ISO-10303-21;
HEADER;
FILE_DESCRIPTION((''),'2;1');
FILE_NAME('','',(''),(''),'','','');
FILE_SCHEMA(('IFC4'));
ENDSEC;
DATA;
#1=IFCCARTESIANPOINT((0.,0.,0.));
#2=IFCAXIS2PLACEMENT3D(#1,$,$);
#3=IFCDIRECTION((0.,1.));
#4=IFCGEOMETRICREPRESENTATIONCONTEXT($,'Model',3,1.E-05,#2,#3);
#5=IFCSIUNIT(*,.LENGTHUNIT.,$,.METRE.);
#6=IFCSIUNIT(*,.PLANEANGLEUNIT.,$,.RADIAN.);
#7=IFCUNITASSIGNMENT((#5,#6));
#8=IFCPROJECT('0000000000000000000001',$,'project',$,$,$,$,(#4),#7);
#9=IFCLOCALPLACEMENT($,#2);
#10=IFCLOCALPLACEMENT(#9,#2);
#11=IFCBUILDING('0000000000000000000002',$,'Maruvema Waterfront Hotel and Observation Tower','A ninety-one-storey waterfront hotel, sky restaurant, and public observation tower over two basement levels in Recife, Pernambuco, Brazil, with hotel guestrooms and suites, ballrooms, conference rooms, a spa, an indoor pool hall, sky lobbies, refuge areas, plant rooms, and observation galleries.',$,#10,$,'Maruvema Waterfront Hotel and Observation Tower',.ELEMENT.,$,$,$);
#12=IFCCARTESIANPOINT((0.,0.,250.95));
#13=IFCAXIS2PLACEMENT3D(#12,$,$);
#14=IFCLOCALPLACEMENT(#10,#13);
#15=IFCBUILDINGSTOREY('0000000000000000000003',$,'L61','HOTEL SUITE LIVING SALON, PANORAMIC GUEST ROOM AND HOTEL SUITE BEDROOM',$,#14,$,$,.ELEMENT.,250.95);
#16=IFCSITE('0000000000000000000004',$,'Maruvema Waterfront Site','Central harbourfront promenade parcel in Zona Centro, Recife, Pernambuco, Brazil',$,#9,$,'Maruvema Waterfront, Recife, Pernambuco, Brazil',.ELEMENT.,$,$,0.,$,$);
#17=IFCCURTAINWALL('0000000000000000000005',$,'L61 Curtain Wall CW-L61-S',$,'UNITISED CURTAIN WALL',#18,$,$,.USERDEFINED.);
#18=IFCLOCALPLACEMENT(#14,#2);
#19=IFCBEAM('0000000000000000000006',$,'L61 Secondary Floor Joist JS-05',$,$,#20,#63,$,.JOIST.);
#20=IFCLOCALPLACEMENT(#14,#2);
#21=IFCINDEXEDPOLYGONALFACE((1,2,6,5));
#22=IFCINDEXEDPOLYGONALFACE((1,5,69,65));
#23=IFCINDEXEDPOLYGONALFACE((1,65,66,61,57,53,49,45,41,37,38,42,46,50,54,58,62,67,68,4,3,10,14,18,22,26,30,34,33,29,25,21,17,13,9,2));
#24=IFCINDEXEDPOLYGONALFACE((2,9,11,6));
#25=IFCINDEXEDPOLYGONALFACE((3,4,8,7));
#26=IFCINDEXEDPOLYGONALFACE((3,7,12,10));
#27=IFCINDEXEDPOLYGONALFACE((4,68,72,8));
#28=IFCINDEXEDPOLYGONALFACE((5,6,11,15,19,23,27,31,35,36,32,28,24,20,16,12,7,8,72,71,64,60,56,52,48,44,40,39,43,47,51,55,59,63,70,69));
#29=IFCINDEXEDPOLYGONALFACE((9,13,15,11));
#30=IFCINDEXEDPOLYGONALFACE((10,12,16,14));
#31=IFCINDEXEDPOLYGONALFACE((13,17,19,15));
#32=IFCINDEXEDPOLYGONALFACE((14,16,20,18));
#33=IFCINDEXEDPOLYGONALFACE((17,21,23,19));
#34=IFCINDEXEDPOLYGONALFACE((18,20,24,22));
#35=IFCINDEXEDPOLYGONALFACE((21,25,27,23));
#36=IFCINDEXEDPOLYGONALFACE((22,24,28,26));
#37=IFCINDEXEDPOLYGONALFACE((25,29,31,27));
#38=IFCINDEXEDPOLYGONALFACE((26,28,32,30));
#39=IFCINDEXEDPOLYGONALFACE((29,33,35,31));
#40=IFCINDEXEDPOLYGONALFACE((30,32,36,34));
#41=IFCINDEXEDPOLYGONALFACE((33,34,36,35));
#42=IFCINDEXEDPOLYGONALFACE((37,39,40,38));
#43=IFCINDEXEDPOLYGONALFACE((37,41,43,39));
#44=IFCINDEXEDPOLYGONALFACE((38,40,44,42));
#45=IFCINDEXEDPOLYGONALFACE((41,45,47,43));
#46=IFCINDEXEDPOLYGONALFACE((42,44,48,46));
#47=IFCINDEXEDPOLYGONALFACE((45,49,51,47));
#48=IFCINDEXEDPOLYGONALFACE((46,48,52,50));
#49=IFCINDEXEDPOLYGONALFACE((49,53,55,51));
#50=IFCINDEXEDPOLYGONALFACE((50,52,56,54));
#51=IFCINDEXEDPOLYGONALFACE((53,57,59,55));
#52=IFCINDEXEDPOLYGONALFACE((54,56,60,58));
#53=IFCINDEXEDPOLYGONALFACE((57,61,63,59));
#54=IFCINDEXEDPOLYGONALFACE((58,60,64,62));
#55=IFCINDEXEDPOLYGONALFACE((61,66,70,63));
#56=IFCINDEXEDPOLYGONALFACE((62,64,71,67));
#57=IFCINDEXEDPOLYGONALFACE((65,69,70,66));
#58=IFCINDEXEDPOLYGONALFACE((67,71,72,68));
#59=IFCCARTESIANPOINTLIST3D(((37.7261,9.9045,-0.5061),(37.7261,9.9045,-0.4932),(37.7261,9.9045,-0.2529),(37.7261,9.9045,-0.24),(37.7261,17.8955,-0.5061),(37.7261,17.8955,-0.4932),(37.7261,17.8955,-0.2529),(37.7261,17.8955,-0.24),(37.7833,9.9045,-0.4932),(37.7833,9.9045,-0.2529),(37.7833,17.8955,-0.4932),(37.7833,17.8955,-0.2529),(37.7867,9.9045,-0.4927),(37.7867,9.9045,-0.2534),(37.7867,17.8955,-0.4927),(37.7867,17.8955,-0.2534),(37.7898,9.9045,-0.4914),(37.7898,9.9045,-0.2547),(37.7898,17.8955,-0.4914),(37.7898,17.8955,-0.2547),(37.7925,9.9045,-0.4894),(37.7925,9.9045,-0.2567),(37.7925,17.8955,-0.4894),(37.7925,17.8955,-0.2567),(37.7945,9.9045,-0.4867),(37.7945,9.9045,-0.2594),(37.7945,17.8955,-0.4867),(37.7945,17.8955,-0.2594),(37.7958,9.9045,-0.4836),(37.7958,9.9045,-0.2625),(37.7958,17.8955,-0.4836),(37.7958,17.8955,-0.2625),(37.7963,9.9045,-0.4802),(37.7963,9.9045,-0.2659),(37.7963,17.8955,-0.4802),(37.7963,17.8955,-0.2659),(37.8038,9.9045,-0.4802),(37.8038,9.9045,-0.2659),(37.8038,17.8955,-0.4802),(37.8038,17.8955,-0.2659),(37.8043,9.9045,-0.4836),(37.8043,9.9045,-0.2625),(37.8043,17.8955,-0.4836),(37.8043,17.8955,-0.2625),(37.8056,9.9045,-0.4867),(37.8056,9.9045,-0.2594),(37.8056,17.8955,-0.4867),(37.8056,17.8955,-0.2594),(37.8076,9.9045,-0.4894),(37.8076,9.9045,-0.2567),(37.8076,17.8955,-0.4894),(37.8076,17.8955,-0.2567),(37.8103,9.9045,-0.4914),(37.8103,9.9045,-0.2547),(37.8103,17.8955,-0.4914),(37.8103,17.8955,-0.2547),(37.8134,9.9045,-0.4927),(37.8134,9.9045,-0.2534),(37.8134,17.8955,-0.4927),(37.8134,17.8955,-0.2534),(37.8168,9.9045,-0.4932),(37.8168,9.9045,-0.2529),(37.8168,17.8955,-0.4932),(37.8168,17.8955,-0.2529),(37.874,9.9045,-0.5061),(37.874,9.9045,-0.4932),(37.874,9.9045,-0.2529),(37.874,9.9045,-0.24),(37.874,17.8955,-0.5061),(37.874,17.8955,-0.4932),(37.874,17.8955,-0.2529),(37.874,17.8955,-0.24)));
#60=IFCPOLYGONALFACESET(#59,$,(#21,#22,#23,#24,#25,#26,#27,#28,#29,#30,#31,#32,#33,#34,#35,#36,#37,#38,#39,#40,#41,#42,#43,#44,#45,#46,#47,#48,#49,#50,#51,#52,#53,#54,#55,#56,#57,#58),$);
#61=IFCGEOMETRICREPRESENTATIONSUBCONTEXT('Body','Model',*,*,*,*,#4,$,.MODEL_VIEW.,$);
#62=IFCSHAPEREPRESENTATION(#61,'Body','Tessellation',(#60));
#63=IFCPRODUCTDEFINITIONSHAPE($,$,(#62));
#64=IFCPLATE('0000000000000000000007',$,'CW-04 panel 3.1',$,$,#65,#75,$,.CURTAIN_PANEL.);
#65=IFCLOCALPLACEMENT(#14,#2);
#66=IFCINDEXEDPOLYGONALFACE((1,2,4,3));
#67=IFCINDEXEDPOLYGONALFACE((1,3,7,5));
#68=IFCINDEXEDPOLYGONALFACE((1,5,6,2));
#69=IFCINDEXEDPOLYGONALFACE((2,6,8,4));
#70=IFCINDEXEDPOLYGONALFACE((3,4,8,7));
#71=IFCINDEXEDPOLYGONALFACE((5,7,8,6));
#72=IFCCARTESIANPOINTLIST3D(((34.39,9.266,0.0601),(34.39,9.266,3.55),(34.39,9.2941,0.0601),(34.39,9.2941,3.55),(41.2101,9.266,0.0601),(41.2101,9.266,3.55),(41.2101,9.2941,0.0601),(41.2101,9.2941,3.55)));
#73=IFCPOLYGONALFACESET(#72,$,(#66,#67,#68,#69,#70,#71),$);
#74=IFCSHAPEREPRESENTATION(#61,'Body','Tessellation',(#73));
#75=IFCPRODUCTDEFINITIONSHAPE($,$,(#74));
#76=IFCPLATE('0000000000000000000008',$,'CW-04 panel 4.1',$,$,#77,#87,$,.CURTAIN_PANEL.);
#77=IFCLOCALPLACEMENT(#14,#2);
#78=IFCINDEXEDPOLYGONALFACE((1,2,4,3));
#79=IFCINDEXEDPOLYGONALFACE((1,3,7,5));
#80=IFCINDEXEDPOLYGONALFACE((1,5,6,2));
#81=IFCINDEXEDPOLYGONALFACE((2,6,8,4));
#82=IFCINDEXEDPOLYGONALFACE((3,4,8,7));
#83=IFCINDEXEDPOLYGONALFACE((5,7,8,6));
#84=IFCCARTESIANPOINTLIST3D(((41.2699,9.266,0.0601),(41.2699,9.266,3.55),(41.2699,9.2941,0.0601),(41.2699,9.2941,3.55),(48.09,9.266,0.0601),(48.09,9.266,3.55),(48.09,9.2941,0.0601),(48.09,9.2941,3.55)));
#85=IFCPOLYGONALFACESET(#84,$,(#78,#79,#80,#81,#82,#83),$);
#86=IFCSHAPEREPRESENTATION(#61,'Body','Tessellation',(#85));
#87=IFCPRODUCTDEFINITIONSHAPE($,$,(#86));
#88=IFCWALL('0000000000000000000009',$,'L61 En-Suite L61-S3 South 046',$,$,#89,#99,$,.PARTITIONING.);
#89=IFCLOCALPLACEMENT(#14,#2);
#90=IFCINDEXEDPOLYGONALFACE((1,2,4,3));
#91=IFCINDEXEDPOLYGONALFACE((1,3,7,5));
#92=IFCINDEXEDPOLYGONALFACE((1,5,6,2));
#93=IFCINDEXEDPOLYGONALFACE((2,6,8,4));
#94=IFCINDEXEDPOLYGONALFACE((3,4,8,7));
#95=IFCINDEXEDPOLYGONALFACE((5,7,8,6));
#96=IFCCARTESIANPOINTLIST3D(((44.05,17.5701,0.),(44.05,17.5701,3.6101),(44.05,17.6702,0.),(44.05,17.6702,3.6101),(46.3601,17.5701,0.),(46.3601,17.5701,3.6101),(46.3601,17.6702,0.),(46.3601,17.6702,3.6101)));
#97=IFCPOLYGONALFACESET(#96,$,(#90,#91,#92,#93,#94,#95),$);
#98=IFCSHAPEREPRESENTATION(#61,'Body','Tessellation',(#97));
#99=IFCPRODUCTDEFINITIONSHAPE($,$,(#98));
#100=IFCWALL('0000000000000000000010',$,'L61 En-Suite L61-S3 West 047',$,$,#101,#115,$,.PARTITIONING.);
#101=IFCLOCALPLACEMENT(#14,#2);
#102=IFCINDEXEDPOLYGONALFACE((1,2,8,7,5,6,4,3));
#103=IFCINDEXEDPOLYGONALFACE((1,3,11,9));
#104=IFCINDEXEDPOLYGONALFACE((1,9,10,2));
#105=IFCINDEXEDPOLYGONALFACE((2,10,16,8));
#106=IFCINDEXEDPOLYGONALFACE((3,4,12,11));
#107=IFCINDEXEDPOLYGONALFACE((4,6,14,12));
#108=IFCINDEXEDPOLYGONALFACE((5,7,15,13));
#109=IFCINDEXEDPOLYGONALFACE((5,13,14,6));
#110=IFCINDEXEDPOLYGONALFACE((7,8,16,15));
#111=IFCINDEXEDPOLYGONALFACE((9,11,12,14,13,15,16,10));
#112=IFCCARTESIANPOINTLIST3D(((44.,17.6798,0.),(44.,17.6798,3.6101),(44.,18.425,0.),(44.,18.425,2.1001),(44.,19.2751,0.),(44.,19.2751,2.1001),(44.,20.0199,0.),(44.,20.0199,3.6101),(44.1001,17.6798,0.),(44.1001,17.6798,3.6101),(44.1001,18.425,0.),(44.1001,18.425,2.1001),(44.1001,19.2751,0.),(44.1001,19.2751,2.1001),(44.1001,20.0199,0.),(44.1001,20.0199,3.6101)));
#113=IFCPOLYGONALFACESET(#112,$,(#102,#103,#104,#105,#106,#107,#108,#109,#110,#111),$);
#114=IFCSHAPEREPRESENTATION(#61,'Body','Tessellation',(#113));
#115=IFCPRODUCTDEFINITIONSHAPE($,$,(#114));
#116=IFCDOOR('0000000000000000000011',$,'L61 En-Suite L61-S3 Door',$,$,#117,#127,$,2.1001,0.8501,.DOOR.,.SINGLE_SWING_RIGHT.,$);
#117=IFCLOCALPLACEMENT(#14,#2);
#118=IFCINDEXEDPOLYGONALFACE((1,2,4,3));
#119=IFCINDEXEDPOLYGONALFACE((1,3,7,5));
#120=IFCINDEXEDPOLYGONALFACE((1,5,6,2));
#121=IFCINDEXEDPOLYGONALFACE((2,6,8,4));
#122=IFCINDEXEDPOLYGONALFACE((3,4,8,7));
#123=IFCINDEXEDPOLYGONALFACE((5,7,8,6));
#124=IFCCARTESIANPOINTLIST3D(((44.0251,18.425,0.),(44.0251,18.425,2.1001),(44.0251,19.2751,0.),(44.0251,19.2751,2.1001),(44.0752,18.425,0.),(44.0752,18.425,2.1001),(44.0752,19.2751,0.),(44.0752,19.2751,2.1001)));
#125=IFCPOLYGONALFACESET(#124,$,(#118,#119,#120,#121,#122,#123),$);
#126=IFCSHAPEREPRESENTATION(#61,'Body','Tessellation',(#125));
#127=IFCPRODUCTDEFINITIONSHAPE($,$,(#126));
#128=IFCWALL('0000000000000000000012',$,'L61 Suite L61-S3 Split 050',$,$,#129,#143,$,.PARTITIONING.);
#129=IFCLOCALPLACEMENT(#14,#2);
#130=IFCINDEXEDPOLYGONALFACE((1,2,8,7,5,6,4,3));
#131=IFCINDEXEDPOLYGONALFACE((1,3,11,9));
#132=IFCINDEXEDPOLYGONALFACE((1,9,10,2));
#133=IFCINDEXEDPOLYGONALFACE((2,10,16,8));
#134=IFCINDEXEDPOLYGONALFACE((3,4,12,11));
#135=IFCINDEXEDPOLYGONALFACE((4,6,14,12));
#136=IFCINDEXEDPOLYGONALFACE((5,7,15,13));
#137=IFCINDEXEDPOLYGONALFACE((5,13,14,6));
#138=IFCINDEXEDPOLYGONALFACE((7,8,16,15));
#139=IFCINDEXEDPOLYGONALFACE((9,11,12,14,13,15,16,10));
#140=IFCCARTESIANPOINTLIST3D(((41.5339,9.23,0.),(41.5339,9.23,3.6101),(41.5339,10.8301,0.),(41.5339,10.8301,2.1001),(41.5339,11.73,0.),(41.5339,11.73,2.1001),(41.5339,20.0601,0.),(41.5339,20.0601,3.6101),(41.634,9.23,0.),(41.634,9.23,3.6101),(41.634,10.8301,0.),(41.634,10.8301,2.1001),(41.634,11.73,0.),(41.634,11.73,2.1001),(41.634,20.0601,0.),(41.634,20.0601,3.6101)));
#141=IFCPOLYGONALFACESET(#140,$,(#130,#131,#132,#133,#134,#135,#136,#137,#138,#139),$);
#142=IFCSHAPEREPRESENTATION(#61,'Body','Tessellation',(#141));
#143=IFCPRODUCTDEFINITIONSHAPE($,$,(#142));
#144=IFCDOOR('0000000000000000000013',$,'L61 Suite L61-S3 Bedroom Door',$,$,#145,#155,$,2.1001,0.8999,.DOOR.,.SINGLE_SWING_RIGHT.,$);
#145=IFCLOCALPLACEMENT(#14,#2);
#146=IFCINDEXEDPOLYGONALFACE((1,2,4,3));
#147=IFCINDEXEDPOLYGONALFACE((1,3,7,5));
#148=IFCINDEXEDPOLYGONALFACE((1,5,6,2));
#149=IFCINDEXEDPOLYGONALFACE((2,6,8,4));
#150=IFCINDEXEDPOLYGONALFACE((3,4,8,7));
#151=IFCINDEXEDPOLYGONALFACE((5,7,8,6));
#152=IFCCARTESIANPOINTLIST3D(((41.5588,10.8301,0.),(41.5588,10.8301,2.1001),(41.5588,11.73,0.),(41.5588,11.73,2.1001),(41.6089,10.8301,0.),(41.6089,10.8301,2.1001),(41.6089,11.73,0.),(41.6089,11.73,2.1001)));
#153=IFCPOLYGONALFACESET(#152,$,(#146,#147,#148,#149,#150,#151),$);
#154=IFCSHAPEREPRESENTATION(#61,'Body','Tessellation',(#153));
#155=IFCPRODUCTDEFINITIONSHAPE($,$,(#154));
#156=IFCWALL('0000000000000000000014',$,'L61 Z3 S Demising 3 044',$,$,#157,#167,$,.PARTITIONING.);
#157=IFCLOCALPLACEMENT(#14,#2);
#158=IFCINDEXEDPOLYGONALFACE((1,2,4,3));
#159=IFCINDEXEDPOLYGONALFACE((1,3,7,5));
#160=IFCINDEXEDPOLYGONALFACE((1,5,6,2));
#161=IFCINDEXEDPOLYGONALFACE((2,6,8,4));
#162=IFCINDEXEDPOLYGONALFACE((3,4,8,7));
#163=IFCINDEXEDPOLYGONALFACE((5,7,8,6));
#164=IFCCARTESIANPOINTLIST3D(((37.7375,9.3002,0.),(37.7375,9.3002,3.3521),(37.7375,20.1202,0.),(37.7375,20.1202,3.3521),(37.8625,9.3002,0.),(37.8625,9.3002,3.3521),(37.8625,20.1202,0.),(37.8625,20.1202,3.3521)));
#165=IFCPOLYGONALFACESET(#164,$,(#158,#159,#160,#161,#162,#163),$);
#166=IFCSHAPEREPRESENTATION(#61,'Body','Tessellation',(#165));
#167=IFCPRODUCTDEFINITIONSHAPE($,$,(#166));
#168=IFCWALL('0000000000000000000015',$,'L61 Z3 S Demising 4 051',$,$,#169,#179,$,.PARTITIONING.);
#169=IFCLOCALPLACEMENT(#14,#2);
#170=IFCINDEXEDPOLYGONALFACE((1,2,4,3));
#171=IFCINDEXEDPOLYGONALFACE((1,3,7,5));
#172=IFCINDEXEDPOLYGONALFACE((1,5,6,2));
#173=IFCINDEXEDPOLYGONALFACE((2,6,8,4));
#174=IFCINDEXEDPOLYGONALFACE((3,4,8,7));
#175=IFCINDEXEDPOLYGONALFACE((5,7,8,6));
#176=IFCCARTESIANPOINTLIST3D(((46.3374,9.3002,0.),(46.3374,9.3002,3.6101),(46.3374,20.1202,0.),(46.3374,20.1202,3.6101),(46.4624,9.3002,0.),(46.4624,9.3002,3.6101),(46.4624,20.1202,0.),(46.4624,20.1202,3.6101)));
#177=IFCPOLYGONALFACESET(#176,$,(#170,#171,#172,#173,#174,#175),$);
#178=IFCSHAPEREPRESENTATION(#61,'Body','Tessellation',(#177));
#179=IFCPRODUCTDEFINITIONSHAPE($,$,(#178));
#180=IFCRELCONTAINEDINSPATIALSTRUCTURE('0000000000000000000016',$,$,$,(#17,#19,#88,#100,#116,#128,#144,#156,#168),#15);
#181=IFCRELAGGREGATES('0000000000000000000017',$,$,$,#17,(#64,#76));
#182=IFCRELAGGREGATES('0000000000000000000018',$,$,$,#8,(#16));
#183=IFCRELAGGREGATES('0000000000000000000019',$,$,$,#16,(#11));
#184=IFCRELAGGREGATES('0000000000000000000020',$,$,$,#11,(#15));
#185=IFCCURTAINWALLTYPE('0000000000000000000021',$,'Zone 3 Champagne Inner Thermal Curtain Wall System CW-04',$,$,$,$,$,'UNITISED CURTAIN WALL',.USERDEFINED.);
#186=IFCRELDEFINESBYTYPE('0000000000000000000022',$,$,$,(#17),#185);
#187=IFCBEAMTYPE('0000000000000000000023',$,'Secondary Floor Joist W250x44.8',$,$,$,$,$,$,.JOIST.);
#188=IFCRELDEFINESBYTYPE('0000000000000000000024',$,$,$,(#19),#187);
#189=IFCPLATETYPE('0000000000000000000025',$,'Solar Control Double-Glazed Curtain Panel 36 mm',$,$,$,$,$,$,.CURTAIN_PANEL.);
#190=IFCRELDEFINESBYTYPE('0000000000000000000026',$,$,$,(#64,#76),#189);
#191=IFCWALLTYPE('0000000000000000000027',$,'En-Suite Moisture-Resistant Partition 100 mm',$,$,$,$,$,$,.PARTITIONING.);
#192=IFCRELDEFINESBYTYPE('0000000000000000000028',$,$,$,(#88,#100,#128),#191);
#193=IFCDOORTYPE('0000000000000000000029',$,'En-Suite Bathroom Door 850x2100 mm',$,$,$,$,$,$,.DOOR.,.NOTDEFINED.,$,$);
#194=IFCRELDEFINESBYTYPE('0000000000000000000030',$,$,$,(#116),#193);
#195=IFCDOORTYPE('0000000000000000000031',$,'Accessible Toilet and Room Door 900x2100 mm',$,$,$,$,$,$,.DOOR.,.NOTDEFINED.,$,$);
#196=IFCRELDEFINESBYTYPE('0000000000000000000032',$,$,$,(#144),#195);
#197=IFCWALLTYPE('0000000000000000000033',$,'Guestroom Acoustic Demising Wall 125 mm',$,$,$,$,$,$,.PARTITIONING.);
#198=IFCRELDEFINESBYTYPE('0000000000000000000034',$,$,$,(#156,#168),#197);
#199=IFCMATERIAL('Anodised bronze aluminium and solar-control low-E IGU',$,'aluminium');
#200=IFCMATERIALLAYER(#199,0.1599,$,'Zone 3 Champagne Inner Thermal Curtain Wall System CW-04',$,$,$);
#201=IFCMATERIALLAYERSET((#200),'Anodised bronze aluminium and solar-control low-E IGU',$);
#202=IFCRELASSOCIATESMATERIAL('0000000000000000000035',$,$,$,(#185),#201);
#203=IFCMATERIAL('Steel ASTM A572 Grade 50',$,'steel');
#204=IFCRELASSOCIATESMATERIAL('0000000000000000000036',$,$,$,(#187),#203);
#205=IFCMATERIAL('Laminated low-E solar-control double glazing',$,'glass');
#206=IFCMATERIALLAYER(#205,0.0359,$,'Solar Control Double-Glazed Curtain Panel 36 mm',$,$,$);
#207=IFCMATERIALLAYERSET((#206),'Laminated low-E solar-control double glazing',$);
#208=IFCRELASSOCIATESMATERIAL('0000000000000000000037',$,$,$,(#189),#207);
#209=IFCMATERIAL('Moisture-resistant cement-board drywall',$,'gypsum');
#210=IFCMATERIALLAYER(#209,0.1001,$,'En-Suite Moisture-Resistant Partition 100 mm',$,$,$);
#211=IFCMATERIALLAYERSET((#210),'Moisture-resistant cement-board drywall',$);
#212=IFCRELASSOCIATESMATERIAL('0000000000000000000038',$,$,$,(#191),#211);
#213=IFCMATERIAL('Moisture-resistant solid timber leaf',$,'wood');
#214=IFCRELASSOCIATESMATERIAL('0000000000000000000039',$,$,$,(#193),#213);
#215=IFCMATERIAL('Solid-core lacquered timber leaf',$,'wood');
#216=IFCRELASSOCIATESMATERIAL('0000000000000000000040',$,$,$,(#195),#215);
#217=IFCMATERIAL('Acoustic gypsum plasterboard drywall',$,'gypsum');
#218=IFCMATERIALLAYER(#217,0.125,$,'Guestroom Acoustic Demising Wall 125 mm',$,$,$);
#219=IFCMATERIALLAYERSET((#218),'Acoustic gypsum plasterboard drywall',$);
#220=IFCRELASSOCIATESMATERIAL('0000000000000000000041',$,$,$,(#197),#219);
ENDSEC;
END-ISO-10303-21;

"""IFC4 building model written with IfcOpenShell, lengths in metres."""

from ifc_helpers import new_model, si_unit, direction, frame, frame_2d, origin, origin_2d, place, context, subcontext, project, spatial, rectangle, i_section, extrude, material, layer, layer_set, material_profile, profile_set, type_object, element, fill, aggregate, save


model = new_model("IFC4")

# Units and contexts
model_context = context("Model", 3, precision=1e-05, world=origin(), true_north=direction((0.0, 1.0)))
body_context = subcontext(model_context, "Body", "Model", "MODEL_VIEW")
ifc_project = project(units=[si_unit("LENGTHUNIT", "METRE"), si_unit("PLANEANGLEUNIT", "RADIAN")], contexts=[model_context])

# Site, building, storey
site_placement = place(None, origin())
site = spatial("IfcSite", under=ifc_project, at=site_placement, Name="Maruvema Waterfront Site", Description="Central harbourfront promenade parcel in Zona Centro, Recife, Pernambuco, Brazil", LongName="Maruvema Waterfront, Recife, Pernambuco, Brazil", CompositionType="ELEMENT", RefElevation=0.0)
building_placement = place(site_placement, origin())
building = spatial("IfcBuilding", under=site, at=building_placement, Name="Maruvema Waterfront Hotel and Observation Tower", Description="A ninety-one-storey waterfront hotel, sky restaurant, and public observation tower over two basement levels in Recife, Pernambuco, Brazil, with hotel guestrooms and suites, ballrooms, conference rooms, a spa, an indoor pool hall, sky lobbies, refuge areas, plant rooms, and observation galleries.", LongName="Maruvema Waterfront Hotel and Observation Tower", CompositionType="ELEMENT")
storey_placement = place(building_placement, frame((0.0, 0.0, 250.95)))
storey = spatial("IfcBuildingStorey", under=building, at=storey_placement, Name="L61", Description="HOTEL SUITE LIVING SALON, PANORAMIC GUEST ROOM AND HOTEL SUITE BEDROOM", CompositionType="ELEMENT", Elevation=250.95)

# Curtain wall
ifc_material_1 = material(Name="Anodised bronze aluminium and solar-control low-E IGU", Category="aluminium")
ifc_layer_1 = layer(ifc_material_1, 0.1599, Name="Zone 3 Champagne Inner Thermal Curtain Wall System CW-04")
ifc_layer_set_1 = layer_set([ifc_layer_1], Name="Anodised bronze aluminium and solar-control low-E IGU")
curtain_wall_type = type_object("IfcCurtainWallType", Name="Zone 3 Champagne Inner Thermal Curtain Wall System CW-04", ElementType="UNITISED CURTAIN WALL", PredefinedType="USERDEFINED", material=ifc_layer_set_1)
curtain_wall_placement = place(storey_placement, origin())
curtain_wall = element("IfcCurtainWall", 1, at=curtain_wall_placement, inside=storey, type_object=curtain_wall_type, Name="L61 Curtain Wall CW-L61-S", ObjectType="UNITISED CURTAIN WALL", PredefinedType="USERDEFINED")

# Beam
ifc_material_2 = material(Name="Steel ASTM A572 Grade 50", Category="steel")
ifc_material_profile_1 = material_profile(ifc_material_2, i_section(OverallWidth=0.1479, OverallDepth=0.2661, WebThickness=0.0076, FlangeThickness=0.0129, FilletRadius=0.0129, at=origin_2d()), Name="W250x44.8")
ifc_profile_set_1 = profile_set([ifc_material_profile_1], Name="Steel ASTM A572 Grade 50")
beam_type_1 = type_object("IfcBeamType", Name="Secondary Floor Joist W250x44.8", PredefinedType="JOIST", material=ifc_profile_set_1)
beam_1_placement = place(storey_placement, frame((37.8, 9.9045, -0.373), z_axis=(0.0, 1.0, 0.0), x_axis=(-1.0, 0.0, 0.0)))
element("IfcBeam", 2, at=beam_1_placement, inside=storey, type_object=beam_type_1, Name="L61 Secondary Floor Joist JS-05", PredefinedType="JOIST", context=body_context, shape_type="SweptSolid", body=[
    extrude(i_section(OverallWidth=0.1479, OverallDepth=0.2661, WebThickness=0.0076, FlangeThickness=0.0129, FilletRadius=0.0129, at=origin_2d()), origin(), (0.0, 0.0, 1.0), 7.991),
])

# Plates
ifc_material_3 = material(Name="Laminated low-E solar-control double glazing", Category="glass")
ifc_layer_2 = layer(ifc_material_3, 0.0359, Name="Solar Control Double-Glazed Curtain Panel 36 mm")
ifc_layer_set_2 = layer_set([ifc_layer_2], Name="Laminated low-E solar-control double glazing")
plate_type = type_object("IfcPlateType", Name="Solar Control Double-Glazed Curtain Panel 36 mm", PredefinedType="CURTAIN_PANEL", material=ifc_layer_set_2)
plate_1_placement = place(storey_placement, frame((37.8, 9.28, 0.0601), z_axis=(0.0, 0.0, 1.0), x_axis=(1.0, 0.0, 0.0)))
plate_1 = element("IfcPlate", 3, at=plate_1_placement, type_object=plate_type, Name="CW-04 panel 3.1", PredefinedType="CURTAIN_PANEL", context=body_context, shape_type="SweptSolid", body=[
    extrude(rectangle(XDim=6.8201, YDim=0.0281, at=origin_2d()), origin(), (0.0, 0.0, 1.0), 3.49),
])
plate_2_placement = place(storey_placement, frame((44.6799, 9.28, 0.0601), z_axis=(0.0, 0.0, 1.0), x_axis=(1.0, 0.0, 0.0)))
plate_2 = element("IfcPlate", 4, at=plate_2_placement, type_object=plate_type, Name="CW-04 panel 4.1", PredefinedType="CURTAIN_PANEL", context=body_context, shape_type="SweptSolid", body=[
    extrude(rectangle(XDim=6.8201, YDim=0.0281, at=origin_2d()), origin(), (0.0, 0.0, 1.0), 3.49),
])
aggregate(curtain_wall, [plate_1, plate_2])

# Wall
ifc_material_4 = material(Name="Moisture-resistant cement-board drywall", Category="gypsum")
ifc_layer_3 = layer(ifc_material_4, 0.1001, Name="En-Suite Moisture-Resistant Partition 100 mm")
ifc_layer_set_3 = layer_set([ifc_layer_3], Name="Moisture-resistant cement-board drywall")
wall_type_1 = type_object("IfcWallType", Name="En-Suite Moisture-Resistant Partition 100 mm", PredefinedType="PARTITIONING", material=ifc_layer_set_3)
wall_1_placement = place(storey_placement, frame((44.05, 17.6201, 0.0), z_axis=(0.0, 0.0, 1.0), x_axis=(1.0, 0.0, 0.0)))
element("IfcWall", 5, at=wall_1_placement, inside=storey, type_object=wall_type_1, Name="L61 En-Suite L61-S3 South 046", PredefinedType="PARTITIONING", context=body_context, shape_type="SweptSolid", body=[
    extrude(rectangle(XDim=2.3101, YDim=0.1001, at=frame_2d((1.155, 0.0))), origin(), (0.0, 0.0, 1.0), 3.6101),
])

# Walls, openings, doors
wall_2_placement = place(storey_placement, frame((44.05, 17.6799, 0.0), z_axis=(0.0, 0.0, 1.0), x_axis=(0.0, 1.0, 0.0)))
wall_2 = element("IfcWall", 6, at=wall_2_placement, inside=storey, type_object=wall_type_1, Name="L61 En-Suite L61-S3 West 047", PredefinedType="PARTITIONING", context=body_context, shape_type="SweptSolid", body=[
    extrude(rectangle(XDim=2.3401, YDim=0.1001, at=frame_2d((1.1699, 0.0))), origin(), (0.0, 0.0, 1.0), 3.6101),
])
opening_1_placement = place(wall_2_placement, frame((0.7451, 0.0, 0.0)))
opening_1 = element("IfcOpeningElement", 7, at=opening_1_placement, cuts=wall_2, PredefinedType="OPENING", context=body_context, shape_type="SweptSolid", body=[
    extrude(rectangle(XDim=0.8501, YDim=2.1001, at=frame_2d((0.425, 1.05))), frame((0.0, 0.0601, 0.0), z_axis=(0.0, -1.0, 0.0), x_axis=(1.0, 0.0, 0.0)), (0.0, 0.0, 1.0), 0.1201),
])
ifc_material_5 = material(Name="Moisture-resistant solid timber leaf", Category="wood")
door_type_1 = type_object("IfcDoorType", Name="En-Suite Bathroom Door 850x2100 mm", OperationType="NOTDEFINED", PredefinedType="DOOR", material=ifc_material_5)
door_1_placement = place(opening_1_placement, origin())
door_1 = element("IfcDoor", 8, at=door_1_placement, inside=storey, type_object=door_type_1, Name="L61 En-Suite L61-S3 Door", OperationType="SINGLE_SWING_RIGHT", OverallHeight=2.1001, OverallWidth=0.8501, PredefinedType="DOOR", context=body_context, shape_type="SweptSolid", body=[
    extrude(rectangle(XDim=0.8501, YDim=2.1001, at=frame_2d((0.425, 1.05))), frame((0.0, 0.0249, 0.0), z_axis=(0.0, -1.0, 0.0), x_axis=(1.0, 0.0, 0.0)), (0.0, 0.0, 1.0), 0.05),
])
fill(opening_1, door_1)
wall_3_placement = place(storey_placement, frame((41.584, 9.23, 0.0), z_axis=(0.0, 0.0, 1.0), x_axis=(0.0, 1.0, 0.0)))
wall_3 = element("IfcWall", 9, at=wall_3_placement, inside=storey, type_object=wall_type_1, Name="L61 Suite L61-S3 Split 050", PredefinedType="PARTITIONING", context=body_context, shape_type="SweptSolid", body=[
    extrude(rectangle(XDim=10.8301, YDim=0.1001, at=frame_2d((5.415, 0.0))), origin(), (0.0, 0.0, 1.0), 3.6101),
])
opening_2_placement = place(wall_3_placement, frame((1.6001, 0.0, 0.0)))
opening_2 = element("IfcOpeningElement", 10, at=opening_2_placement, cuts=wall_3, PredefinedType="OPENING", context=body_context, shape_type="SweptSolid", body=[
    extrude(rectangle(XDim=0.8999, YDim=2.1001, at=frame_2d((0.45, 1.05))), frame((0.0, 0.0601, 0.0), z_axis=(0.0, -1.0, 0.0), x_axis=(1.0, 0.0, 0.0)), (0.0, 0.0, 1.0), 0.1201),
])
ifc_material_6 = material(Name="Solid-core lacquered timber leaf", Category="wood")
door_type_2 = type_object("IfcDoorType", Name="Accessible Toilet and Room Door 900x2100 mm", OperationType="NOTDEFINED", PredefinedType="DOOR", material=ifc_material_6)
door_2_placement = place(opening_2_placement, frame((0.8999, 0.0, 0.0), z_axis=(0.0, 0.0, 1.0), x_axis=(-1.0, 0.0, 0.0)))
door_2 = element("IfcDoor", 11, at=door_2_placement, inside=storey, type_object=door_type_2, Name="L61 Suite L61-S3 Bedroom Door", OperationType="SINGLE_SWING_RIGHT", OverallHeight=2.1001, OverallWidth=0.8999, PredefinedType="DOOR", context=body_context, shape_type="SweptSolid", body=[
    extrude(rectangle(XDim=0.8999, YDim=2.1001, at=frame_2d((0.45, 1.05))), frame((0.0, 0.0249, 0.0), z_axis=(0.0, -1.0, 0.0), x_axis=(1.0, 0.0, 0.0)), (0.0, 0.0, 1.0), 0.05),
])
fill(opening_2, door_2)

# Walls
ifc_material_7 = material(Name="Acoustic gypsum plasterboard drywall", Category="gypsum")
ifc_layer_4 = layer(ifc_material_7, 0.125, Name="Guestroom Acoustic Demising Wall 125 mm")
ifc_layer_set_4 = layer_set([ifc_layer_4], Name="Acoustic gypsum plasterboard drywall")
wall_type_2 = type_object("IfcWallType", Name="Guestroom Acoustic Demising Wall 125 mm", PredefinedType="PARTITIONING", material=ifc_layer_set_4)
wall_4_placement = place(storey_placement, frame((37.8, 9.3, 0.0), z_axis=(0.0, 0.0, 1.0), x_axis=(0.0, 1.0, 0.0)))
element("IfcWall", 12, at=wall_4_placement, inside=storey, type_object=wall_type_2, Name="L61 Z3 S Demising 3 044", PredefinedType="PARTITIONING", context=body_context, shape_type="SweptSolid", body=[
    extrude(rectangle(XDim=10.8201, YDim=0.125, at=frame_2d((5.4102, 0.0))), origin(), (0.0, 0.0, 1.0), 3.3521),
])
wall_5_placement = place(storey_placement, frame((46.3999, 9.3, 0.0), z_axis=(0.0, 0.0, 1.0), x_axis=(0.0, 1.0, 0.0)))
element("IfcWall", 13, at=wall_5_placement, inside=storey, type_object=wall_type_2, Name="L61 Z3 S Demising 4 051", PredefinedType="PARTITIONING", context=body_context, shape_type="SweptSolid", body=[
    extrude(rectangle(XDim=10.8201, YDim=0.125, at=frame_2d((5.4102, 0.0))), origin(), (0.0, 0.0, 1.0), 3.6101),
])

save(model, "model.ifc")
